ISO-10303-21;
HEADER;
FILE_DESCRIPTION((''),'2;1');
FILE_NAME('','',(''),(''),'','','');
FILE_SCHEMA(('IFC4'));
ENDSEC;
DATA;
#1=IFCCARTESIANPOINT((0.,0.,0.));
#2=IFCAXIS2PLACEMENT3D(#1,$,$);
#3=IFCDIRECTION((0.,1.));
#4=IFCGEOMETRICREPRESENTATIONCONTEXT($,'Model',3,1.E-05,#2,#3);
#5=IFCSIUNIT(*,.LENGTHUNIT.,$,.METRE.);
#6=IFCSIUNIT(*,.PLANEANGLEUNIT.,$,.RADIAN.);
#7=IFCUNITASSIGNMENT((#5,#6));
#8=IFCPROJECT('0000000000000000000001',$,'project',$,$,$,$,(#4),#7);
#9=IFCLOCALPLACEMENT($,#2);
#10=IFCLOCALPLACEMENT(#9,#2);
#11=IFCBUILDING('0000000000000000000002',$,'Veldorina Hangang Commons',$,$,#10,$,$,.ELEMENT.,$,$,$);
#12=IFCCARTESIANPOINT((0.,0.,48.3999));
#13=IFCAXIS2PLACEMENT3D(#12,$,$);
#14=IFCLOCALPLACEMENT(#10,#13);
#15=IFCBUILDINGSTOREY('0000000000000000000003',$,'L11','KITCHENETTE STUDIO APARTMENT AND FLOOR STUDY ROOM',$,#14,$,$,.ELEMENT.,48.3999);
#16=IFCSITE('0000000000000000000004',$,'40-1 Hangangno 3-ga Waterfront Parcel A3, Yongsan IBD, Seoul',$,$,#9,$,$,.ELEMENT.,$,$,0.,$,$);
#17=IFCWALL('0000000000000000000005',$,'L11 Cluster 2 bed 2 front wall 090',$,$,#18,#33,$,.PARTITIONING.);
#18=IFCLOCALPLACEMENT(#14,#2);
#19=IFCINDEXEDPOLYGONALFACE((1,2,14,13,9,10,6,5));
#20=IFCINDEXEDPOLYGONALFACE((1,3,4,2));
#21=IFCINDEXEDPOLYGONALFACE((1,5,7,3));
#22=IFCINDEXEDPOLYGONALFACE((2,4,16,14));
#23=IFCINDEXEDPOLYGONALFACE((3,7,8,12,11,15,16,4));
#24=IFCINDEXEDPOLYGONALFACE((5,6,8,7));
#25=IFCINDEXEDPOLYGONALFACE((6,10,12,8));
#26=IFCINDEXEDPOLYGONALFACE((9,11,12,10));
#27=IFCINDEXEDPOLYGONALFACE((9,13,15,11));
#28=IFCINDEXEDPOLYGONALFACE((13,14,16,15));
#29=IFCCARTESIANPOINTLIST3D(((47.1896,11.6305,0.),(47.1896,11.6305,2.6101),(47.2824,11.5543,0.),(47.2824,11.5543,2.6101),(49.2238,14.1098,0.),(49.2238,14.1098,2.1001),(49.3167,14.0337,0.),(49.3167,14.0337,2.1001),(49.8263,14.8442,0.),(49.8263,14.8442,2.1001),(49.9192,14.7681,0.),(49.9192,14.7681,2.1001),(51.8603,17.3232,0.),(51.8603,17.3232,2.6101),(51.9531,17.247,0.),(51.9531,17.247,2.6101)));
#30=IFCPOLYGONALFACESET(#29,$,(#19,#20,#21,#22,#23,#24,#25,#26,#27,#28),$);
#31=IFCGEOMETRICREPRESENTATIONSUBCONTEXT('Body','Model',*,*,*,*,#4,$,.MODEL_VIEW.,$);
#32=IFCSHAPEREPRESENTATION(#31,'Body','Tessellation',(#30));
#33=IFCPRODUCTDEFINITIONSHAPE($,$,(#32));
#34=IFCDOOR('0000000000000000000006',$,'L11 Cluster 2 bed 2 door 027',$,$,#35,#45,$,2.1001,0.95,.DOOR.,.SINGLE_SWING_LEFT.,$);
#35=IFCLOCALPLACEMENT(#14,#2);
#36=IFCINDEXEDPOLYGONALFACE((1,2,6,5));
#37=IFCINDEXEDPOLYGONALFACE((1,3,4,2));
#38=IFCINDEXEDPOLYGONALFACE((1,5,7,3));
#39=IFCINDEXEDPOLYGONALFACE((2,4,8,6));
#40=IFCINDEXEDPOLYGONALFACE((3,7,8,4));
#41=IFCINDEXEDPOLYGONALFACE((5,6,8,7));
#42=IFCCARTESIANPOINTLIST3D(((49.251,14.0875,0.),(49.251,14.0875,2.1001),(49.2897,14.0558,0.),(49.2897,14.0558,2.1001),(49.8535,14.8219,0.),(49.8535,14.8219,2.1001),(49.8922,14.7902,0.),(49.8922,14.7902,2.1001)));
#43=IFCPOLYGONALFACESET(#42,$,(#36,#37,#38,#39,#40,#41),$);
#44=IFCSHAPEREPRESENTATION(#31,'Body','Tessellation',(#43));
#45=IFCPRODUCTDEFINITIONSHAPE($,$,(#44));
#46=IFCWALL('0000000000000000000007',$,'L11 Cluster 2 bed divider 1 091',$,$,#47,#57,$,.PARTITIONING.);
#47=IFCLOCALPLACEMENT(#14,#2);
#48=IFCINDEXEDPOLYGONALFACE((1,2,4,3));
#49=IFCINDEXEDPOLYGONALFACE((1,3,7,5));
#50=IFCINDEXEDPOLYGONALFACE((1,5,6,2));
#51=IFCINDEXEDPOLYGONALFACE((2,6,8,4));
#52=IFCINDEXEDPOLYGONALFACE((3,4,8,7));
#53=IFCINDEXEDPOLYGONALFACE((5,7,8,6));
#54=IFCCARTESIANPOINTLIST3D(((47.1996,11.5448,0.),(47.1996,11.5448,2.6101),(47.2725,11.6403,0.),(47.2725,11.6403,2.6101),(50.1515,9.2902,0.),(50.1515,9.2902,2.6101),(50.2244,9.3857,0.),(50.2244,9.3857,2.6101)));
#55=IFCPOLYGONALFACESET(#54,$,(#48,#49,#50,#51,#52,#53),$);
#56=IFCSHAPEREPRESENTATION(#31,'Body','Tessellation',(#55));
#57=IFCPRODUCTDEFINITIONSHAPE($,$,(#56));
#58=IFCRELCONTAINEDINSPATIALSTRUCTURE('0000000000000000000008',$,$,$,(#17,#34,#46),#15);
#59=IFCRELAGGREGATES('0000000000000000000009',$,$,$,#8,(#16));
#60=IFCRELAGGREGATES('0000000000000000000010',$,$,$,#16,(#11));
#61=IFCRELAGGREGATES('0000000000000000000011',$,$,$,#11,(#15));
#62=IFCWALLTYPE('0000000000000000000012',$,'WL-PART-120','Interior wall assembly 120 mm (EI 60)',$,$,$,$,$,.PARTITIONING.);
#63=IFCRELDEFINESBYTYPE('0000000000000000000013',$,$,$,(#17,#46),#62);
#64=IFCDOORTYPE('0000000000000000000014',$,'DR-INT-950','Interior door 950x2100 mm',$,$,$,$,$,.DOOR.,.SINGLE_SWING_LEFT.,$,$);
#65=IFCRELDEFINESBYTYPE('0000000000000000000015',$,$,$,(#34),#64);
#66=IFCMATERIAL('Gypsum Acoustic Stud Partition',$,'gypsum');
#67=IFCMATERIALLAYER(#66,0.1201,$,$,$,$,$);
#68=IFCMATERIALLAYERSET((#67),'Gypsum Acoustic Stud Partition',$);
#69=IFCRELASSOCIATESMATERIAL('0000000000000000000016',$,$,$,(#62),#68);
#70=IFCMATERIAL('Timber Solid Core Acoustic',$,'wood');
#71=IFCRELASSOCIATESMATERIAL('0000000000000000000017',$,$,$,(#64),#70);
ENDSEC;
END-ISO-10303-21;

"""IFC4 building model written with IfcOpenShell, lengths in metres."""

from ifc_helpers import new_model, si_unit, direction, frame, frame_2d, origin, place, context, subcontext, project, spatial, rectangle, extrude, material, layer, layer_set, type_object, element, fill, save


model = new_model("IFC4")

# Units and contexts
model_context = context("Model", 3, precision=1e-05, world=origin(), true_north=direction((0.0, 1.0)))
body_context = subcontext(model_context, "Body", "Model", "MODEL_VIEW")
ifc_project = project(units=[si_unit("LENGTHUNIT", "METRE"), si_unit("PLANEANGLEUNIT", "RADIAN")], contexts=[model_context])

# Site, building, storey
site_placement = place(None, origin())
site = spatial("IfcSite", under=ifc_project, at=site_placement, Name="40-1 Hangangno 3-ga Waterfront Parcel A3, Yongsan IBD, Seoul", CompositionType="ELEMENT", RefElevation=0.0)
building_placement = place(site_placement, origin())
building = spatial("IfcBuilding", under=site, at=building_placement, Name="Veldorina Hangang Commons", CompositionType="ELEMENT")
storey_placement = place(building_placement, frame((0.0, 0.0, 48.3999)))
storey = spatial("IfcBuildingStorey", under=building, at=storey_placement, Name="L11", Description="KITCHENETTE STUDIO APARTMENT AND FLOOR STUDY ROOM", CompositionType="ELEMENT", Elevation=48.3999)

# Wall, opening, door
ifc_material_1 = material(Name="Gypsum Acoustic Stud Partition", Category="gypsum")
ifc_layer_1 = layer(ifc_material_1, 0.1201)
ifc_layer_set_1 = layer_set([ifc_layer_1], Name="Gypsum Acoustic Stud Partition")
wall_type = type_object("IfcWallType", Name="WL-PART-120", Description="Interior wall assembly 120 mm (EI 60)", PredefinedType="PARTITIONING", material=ifc_layer_set_1)
wall_1_placement = place(storey_placement, frame((47.2361, 11.5925, 0.0), z_axis=(0.0, 0.0, 1.0), x_axis=(0.634299, 0.773088, 0.0)))
wall_1 = element("IfcWall", 1, at=wall_1_placement, inside=storey, type_object=wall_type, Name="L11 Cluster 2 bed 2 front wall 090", PredefinedType="PARTITIONING", context=body_context, shape_type="SweptSolid", body=[
    extrude(rectangle(XDim=7.3635, YDim=0.1201, at=frame_2d((3.6816, 0.0))), origin(), (0.0, 0.0, 1.0), 2.6101),
])
opening_placement = place(wall_1_placement, frame((3.2068, 0.0, 0.0)))
opening = element("IfcOpeningElement", 2, at=opening_placement, cuts=wall_1, PredefinedType="OPENING", context=body_context, shape_type="SweptSolid", body=[
    extrude(rectangle(XDim=0.95, YDim=2.1001, at=frame_2d((0.4751, 1.05))), frame((0.0, 0.0701, 0.0), z_axis=(0.0, -1.0, 0.0), x_axis=(1.0, 0.0, 0.0)), (0.0, 0.0, 1.0), 0.1401),
])
ifc_material_2 = material(Name="Timber Solid Core Acoustic", Category="wood")
door_type = type_object("IfcDoorType", Name="DR-INT-950", Description="Interior door 950x2100 mm", OperationType="SINGLE_SWING_LEFT", PredefinedType="DOOR", material=ifc_material_2)
door_placement = place(opening_placement, origin())
door = element("IfcDoor", 3, at=door_placement, inside=storey, type_object=door_type, Name="L11 Cluster 2 bed 2 door 027", OperationType="SINGLE_SWING_LEFT", OverallHeight=2.1001, OverallWidth=0.95, PredefinedType="DOOR", context=body_context, shape_type="SweptSolid", body=[
    extrude(rectangle(XDim=0.95, YDim=2.1001, at=frame_2d((0.4751, 1.05))), frame((0.0, 0.0249, 0.0), z_axis=(0.0, -1.0, 0.0), x_axis=(1.0, 0.0, 0.0)), (0.0, 0.0, 1.0), 0.05),
])
fill(opening, door)

# Wall
wall_2_placement = place(storey_placement, frame((47.2361, 11.5925, 0.0), z_axis=(0.0, 0.0, 1.0), x_axis=(0.794708, -0.606991, 0.0)))
element("IfcWall", 4, at=wall_2_placement, inside=storey, type_object=wall_type, Name="L11 Cluster 2 bed divider 1 091", PredefinedType="PARTITIONING", context=body_context, shape_type="SweptSolid", body=[
    extrude(rectangle(XDim=3.7144, YDim=0.1201, at=frame_2d((1.8572, 0.0))), origin(), (0.0, 0.0, 1.0), 2.6101),
])

save(model, "model.ifc")
